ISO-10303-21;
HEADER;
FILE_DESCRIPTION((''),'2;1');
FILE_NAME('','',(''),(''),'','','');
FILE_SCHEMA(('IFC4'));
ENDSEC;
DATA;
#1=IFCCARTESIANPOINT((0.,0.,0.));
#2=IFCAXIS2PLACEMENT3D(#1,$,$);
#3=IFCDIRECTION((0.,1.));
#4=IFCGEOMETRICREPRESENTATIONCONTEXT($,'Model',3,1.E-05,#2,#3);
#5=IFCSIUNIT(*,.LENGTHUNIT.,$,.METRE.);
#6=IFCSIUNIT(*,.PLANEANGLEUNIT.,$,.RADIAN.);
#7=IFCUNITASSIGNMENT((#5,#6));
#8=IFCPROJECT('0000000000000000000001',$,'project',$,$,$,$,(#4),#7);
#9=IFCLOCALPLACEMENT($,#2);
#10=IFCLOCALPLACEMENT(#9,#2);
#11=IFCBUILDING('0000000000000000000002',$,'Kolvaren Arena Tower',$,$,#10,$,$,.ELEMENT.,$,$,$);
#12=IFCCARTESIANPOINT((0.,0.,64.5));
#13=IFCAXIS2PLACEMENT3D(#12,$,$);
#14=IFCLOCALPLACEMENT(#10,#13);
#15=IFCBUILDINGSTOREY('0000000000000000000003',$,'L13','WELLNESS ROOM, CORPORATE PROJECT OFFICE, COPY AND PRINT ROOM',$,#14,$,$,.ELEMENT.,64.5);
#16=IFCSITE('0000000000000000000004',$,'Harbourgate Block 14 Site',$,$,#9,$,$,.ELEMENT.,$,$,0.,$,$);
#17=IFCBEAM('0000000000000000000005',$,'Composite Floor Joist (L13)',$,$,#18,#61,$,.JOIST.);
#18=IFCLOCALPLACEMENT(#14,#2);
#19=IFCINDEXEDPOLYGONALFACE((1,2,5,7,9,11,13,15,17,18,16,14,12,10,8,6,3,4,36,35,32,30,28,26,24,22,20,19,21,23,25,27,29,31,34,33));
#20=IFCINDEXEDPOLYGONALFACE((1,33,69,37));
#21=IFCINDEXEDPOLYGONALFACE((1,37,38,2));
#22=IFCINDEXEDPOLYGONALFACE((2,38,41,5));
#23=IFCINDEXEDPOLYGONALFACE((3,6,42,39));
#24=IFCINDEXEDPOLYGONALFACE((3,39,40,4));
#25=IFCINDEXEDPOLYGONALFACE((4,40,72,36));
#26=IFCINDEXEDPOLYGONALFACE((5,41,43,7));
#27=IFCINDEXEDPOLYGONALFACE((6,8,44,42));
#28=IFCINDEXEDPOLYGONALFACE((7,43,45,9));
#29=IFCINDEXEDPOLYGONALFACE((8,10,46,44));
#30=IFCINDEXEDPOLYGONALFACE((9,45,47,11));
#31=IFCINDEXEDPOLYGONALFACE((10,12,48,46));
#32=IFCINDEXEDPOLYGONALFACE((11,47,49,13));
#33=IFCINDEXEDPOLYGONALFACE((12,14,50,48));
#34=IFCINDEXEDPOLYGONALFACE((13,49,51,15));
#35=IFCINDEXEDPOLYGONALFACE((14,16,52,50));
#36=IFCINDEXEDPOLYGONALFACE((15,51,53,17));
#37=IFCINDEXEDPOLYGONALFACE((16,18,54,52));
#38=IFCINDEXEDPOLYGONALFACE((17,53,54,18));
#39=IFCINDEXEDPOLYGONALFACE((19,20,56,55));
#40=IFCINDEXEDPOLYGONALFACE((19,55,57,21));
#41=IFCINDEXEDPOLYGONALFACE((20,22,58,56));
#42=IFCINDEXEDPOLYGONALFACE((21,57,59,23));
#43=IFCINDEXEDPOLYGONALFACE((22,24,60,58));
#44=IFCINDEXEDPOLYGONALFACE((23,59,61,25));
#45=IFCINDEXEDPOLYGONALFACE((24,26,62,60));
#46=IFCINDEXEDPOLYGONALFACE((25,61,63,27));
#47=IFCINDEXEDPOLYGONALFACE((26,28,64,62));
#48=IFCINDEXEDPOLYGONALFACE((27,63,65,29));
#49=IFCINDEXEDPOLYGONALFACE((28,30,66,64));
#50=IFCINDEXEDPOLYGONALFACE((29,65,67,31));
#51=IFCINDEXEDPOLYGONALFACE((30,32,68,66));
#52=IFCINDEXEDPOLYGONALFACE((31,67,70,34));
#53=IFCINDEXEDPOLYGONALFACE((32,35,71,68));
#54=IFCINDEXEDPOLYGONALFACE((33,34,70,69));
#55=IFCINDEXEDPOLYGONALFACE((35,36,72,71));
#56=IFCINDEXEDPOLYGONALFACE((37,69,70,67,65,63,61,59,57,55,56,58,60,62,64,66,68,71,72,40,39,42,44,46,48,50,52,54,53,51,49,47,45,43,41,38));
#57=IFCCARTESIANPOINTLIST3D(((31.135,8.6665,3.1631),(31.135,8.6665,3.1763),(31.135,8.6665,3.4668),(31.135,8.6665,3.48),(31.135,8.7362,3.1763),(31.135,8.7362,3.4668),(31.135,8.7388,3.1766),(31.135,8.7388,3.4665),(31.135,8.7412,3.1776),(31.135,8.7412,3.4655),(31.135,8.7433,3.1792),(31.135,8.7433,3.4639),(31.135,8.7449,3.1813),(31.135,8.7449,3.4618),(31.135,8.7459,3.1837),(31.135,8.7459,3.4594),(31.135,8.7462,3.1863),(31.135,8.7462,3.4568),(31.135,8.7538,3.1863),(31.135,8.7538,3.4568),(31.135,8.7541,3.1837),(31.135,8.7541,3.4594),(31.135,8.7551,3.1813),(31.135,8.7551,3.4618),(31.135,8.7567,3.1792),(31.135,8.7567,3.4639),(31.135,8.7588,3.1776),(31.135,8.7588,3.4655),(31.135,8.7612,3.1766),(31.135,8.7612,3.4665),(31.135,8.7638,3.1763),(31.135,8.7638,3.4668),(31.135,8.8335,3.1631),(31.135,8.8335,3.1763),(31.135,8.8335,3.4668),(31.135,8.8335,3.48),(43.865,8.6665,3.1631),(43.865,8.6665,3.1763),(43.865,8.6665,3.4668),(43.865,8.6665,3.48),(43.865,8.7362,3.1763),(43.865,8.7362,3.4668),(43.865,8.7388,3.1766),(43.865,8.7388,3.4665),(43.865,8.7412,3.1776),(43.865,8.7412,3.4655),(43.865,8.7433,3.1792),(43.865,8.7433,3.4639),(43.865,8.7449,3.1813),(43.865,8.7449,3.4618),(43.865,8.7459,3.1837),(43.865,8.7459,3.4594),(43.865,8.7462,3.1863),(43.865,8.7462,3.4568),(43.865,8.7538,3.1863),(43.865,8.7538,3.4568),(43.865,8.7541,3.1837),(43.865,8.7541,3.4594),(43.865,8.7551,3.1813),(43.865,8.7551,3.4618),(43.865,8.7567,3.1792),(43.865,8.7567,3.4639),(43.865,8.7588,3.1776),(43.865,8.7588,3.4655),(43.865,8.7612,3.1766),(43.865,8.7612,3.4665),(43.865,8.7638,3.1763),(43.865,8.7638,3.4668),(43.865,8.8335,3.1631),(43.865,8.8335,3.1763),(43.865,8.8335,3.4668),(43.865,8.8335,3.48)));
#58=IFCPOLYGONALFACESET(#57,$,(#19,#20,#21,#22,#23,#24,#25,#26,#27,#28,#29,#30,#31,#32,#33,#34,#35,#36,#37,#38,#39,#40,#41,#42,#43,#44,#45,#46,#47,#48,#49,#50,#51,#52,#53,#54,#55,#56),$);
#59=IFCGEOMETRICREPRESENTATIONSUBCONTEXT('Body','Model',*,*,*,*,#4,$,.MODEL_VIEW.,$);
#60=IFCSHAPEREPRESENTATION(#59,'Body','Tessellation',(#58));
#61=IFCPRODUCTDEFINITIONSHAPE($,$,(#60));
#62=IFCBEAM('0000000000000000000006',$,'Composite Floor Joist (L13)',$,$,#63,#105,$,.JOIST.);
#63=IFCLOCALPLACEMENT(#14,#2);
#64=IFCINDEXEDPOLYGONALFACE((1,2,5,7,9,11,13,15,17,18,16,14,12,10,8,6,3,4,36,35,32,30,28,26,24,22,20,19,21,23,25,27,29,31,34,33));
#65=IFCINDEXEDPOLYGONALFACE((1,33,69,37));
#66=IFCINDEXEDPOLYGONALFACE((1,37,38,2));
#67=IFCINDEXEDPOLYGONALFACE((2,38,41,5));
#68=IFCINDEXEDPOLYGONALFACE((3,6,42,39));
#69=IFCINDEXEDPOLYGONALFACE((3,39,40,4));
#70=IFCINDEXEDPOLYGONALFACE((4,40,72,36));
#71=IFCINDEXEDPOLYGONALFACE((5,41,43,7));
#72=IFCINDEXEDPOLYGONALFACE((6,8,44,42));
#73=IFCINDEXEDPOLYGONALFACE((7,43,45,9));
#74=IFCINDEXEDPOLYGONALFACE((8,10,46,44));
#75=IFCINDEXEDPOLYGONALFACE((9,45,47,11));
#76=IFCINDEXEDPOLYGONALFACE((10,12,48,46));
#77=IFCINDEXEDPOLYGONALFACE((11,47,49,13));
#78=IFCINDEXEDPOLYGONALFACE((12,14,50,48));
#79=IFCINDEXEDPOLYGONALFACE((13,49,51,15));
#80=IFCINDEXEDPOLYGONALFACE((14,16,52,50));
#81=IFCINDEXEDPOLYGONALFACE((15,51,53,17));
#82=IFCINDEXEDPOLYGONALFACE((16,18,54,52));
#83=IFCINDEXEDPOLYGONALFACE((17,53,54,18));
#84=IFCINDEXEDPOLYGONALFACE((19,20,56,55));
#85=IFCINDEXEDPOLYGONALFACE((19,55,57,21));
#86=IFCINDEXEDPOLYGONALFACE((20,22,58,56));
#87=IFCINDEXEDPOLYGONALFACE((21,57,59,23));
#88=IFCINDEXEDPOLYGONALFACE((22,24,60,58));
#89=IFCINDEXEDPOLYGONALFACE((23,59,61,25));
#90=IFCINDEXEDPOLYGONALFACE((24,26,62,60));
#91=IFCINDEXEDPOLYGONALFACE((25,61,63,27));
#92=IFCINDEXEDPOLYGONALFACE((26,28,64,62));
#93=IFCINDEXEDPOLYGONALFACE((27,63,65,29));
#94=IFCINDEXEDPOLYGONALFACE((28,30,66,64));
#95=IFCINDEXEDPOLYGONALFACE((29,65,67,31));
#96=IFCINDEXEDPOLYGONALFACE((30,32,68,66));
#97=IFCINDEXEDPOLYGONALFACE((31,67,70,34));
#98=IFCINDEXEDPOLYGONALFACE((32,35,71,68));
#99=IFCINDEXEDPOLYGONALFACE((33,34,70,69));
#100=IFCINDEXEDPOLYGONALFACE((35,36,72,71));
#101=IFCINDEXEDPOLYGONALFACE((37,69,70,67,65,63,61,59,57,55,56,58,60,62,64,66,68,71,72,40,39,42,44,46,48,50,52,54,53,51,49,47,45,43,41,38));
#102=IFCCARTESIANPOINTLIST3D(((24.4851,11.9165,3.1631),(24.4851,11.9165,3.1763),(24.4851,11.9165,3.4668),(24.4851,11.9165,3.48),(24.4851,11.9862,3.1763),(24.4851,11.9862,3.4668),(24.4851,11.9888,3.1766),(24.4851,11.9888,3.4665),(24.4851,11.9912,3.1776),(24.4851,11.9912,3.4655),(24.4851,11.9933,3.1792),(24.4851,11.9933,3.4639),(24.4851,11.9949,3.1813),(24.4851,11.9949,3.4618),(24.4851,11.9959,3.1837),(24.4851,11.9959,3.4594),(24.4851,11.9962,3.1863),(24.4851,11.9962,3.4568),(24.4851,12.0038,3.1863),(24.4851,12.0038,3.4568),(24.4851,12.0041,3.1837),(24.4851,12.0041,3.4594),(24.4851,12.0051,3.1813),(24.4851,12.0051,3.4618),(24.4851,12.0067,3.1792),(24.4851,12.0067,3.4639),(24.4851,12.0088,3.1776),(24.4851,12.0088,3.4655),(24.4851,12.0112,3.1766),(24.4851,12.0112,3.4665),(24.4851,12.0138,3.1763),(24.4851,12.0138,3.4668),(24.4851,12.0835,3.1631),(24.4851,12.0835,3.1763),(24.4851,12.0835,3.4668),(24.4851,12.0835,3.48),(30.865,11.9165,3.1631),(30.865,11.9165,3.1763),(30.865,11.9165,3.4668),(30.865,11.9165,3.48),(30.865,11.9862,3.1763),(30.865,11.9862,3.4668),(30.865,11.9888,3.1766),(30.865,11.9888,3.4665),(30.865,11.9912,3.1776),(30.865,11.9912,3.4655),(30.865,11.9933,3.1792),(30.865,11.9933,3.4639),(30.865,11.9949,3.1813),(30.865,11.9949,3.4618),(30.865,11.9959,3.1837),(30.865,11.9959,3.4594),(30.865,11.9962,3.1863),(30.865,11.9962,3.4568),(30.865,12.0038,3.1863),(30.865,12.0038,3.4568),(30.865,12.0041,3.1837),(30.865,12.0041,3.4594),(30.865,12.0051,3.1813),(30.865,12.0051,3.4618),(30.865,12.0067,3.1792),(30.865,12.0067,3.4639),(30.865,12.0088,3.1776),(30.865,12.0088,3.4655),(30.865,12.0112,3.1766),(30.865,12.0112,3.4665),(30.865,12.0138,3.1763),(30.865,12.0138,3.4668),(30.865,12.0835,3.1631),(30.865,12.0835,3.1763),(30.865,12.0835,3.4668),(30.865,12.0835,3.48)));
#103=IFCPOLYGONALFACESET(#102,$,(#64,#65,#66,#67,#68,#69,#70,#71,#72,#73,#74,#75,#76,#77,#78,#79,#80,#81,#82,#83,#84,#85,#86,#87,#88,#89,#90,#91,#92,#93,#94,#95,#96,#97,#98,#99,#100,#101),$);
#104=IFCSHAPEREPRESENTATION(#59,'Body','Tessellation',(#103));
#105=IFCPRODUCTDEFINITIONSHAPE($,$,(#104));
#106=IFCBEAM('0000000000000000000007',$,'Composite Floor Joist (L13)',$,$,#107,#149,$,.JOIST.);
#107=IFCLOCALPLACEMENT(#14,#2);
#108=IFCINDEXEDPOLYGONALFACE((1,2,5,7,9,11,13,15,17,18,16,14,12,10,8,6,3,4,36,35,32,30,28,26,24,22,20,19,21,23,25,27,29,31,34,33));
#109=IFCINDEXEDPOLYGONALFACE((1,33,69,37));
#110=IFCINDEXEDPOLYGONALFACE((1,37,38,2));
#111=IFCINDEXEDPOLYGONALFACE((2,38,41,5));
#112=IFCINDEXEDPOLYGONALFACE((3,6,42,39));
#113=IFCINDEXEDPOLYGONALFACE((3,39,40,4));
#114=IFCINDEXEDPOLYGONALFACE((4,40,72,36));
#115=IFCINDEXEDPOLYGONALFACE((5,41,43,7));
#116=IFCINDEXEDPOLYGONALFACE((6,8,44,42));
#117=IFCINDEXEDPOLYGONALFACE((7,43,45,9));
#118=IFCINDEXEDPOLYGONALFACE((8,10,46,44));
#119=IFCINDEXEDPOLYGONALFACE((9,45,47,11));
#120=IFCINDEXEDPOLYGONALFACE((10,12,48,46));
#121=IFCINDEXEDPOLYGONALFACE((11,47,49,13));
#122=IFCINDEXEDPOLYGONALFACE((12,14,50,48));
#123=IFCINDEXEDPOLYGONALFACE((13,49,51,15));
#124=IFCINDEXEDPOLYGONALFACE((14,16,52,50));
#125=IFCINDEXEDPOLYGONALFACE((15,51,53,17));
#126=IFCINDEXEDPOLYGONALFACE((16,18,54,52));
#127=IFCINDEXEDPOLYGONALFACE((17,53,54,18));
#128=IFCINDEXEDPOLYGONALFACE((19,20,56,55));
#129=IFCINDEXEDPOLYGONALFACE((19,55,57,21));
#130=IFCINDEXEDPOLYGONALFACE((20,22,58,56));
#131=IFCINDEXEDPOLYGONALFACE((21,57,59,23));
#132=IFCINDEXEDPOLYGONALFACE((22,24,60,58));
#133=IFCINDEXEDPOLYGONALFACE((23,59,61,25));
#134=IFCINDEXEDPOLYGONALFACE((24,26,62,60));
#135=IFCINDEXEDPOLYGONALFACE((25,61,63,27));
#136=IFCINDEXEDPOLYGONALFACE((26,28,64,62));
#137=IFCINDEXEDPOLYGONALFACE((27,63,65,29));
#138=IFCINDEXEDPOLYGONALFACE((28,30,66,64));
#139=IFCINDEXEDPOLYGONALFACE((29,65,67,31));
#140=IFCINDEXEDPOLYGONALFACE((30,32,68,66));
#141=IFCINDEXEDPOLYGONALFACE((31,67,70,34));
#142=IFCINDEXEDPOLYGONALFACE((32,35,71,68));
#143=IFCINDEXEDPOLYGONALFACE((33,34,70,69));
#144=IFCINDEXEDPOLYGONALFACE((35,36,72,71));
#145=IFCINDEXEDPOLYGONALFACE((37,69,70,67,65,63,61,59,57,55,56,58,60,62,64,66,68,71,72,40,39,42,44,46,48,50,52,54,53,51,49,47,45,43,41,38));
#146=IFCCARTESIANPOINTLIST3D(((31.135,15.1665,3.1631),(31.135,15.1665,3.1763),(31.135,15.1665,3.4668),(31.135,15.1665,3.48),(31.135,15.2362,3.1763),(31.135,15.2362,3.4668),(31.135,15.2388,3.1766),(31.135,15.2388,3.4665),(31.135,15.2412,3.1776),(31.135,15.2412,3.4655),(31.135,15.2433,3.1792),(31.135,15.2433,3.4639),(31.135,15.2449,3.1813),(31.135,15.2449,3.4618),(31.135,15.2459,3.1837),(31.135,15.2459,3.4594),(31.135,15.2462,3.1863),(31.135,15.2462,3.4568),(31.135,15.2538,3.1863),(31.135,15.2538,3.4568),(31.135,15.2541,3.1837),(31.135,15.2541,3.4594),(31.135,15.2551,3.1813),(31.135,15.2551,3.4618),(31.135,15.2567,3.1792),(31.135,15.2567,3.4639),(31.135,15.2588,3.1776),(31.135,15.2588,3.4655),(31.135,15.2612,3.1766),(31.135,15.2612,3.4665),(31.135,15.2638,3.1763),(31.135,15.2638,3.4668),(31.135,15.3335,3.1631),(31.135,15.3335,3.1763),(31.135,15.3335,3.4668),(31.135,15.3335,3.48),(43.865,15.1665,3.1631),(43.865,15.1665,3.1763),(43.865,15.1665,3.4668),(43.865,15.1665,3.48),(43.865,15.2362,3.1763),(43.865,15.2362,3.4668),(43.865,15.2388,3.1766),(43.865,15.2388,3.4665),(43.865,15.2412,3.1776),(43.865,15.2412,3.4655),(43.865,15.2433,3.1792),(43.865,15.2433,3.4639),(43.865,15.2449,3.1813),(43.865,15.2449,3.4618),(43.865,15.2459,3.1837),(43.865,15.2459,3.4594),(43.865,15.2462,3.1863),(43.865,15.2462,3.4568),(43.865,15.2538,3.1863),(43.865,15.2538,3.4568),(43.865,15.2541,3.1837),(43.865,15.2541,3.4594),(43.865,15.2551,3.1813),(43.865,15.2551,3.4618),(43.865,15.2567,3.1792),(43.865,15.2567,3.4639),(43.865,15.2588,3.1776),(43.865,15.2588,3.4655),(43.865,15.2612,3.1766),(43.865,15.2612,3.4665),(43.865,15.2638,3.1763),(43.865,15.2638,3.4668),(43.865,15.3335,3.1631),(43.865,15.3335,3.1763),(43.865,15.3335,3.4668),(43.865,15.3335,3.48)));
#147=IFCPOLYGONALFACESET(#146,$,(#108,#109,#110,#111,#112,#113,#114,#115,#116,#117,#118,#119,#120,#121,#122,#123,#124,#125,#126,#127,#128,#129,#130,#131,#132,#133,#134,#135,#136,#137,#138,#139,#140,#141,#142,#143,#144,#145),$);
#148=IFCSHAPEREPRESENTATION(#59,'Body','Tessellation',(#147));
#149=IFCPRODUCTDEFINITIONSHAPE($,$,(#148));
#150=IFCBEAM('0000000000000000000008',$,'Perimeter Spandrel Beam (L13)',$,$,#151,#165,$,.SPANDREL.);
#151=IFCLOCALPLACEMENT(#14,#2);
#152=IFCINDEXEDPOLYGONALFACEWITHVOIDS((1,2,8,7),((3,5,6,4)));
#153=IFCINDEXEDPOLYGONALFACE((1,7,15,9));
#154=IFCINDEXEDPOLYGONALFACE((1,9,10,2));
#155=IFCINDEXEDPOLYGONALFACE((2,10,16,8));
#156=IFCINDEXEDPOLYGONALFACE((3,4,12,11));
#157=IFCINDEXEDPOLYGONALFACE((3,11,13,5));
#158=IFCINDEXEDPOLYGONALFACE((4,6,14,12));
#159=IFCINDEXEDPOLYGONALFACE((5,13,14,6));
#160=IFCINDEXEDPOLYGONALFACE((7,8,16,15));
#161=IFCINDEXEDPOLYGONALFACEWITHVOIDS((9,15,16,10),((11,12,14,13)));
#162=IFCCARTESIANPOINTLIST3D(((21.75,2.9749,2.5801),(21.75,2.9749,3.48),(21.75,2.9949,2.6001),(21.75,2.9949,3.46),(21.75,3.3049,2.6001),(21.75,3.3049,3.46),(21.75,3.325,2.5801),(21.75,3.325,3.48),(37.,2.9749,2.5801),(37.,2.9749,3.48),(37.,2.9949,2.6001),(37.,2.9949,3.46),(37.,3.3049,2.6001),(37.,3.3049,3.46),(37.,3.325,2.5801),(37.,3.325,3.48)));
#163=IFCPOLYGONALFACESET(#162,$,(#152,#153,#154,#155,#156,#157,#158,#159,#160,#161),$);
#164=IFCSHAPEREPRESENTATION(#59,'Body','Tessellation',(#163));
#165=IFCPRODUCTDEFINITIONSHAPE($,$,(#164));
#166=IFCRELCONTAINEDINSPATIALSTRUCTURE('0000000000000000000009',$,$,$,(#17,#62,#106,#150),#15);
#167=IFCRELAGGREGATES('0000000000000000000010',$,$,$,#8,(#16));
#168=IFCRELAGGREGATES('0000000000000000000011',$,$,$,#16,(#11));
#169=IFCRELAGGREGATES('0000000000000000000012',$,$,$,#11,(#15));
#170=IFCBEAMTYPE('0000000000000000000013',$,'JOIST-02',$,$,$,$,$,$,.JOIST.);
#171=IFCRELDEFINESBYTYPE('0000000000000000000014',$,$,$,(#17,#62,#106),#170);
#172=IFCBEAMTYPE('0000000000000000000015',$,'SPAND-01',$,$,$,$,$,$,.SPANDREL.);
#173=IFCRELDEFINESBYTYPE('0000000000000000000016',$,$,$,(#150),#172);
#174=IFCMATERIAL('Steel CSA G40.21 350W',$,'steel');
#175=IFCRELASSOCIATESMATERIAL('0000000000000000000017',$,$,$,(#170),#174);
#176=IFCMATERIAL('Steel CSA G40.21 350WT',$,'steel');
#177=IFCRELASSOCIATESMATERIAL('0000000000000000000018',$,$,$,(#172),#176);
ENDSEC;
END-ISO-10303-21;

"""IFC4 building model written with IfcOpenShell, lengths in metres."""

from ifc_helpers import new_model, si_unit, direction, frame, origin, origin_2d, place, context, subcontext, project, spatial, hollow_rectangle, i_section, extrude, material, material_profile, profile_set, type_object, element, save


model = new_model("IFC4")

# Units and contexts
model_context = context("Model", 3, precision=1e-05, world=origin(), true_north=direction((0.0, 1.0)))
body_context = subcontext(model_context, "Body", "Model", "MODEL_VIEW")
ifc_project = project(units=[si_unit("LENGTHUNIT", "METRE"), si_unit("PLANEANGLEUNIT", "RADIAN")], contexts=[model_context])

# Site, building, storey
site_placement = place(None, origin())
site = spatial("IfcSite", under=ifc_project, at=site_placement, Name="Harbourgate Block 14 Site", CompositionType="ELEMENT", RefElevation=0.0)
building_placement = place(site_placement, origin())
building = spatial("IfcBuilding", under=site, at=building_placement, Name="Kolvaren Arena Tower", CompositionType="ELEMENT")
storey_placement = place(building_placement, frame((0.0, 0.0, 64.5)))
storey = spatial("IfcBuildingStorey", under=building, at=storey_placement, Name="L13", Description="WELLNESS ROOM, CORPORATE PROJECT OFFICE, COPY AND PRINT ROOM", CompositionType="ELEMENT", Elevation=64.5)

# Beams
ifc_material_1 = material(Name="Steel CSA G40.21 350W", Category="steel")
ifc_material_profile_1 = material_profile(ifc_material_1, i_section(OverallWidth=0.167, OverallDepth=0.3169, WebThickness=0.0076, FlangeThickness=0.0132, FilletRadius=0.01, at=origin_2d()), Name="W310x52")
ifc_profile_set_1 = profile_set([ifc_material_profile_1], Name="Steel CSA G40.21 350W")
beam_type_1 = type_object("IfcBeamType", Name="JOIST-02", PredefinedType="JOIST", material=ifc_profile_set_1)
beam_1_placement = place(storey_placement, frame((31.135, 8.75, 3.3215), z_axis=(1.0, 0.0, 0.0), x_axis=(0.0, 1.0, 0.0)))
element("IfcBeam", 1, at=beam_1_placement, inside=storey, type_object=beam_type_1, Name="Composite Floor Joist (L13)", PredefinedType="JOIST", context=body_context, shape_type="SweptSolid", body=[
    extrude(i_section(OverallWidth=0.167, OverallDepth=0.3169, WebThickness=0.0076, FlangeThickness=0.0132, FilletRadius=0.01, at=origin_2d()), origin(), (0.0, 0.0, 1.0), 12.73),
])
beam_2_placement = place(storey_placement, frame((24.4851, 12.0, 3.3215), z_axis=(1.0, 0.0, 0.0), x_axis=(0.0, 1.0, 0.0)))
element("IfcBeam", 2, at=beam_2_placement, inside=storey, type_object=beam_type_1, Name="Composite Floor Joist (L13)", PredefinedType="JOIST", context=body_context, shape_type="SweptSolid", body=[
    extrude(i_section(OverallWidth=0.167, OverallDepth=0.3169, WebThickness=0.0076, FlangeThickness=0.0132, FilletRadius=0.01, at=origin_2d()), origin(), (0.0, 0.0, 1.0), 6.3799),
])
beam_3_placement = place(storey_placement, frame((31.135, 15.25, 3.3215), z_axis=(1.0, 0.0, 0.0), x_axis=(0.0, 1.0, 0.0)))
element("IfcBeam", 3, at=beam_3_placement, inside=storey, type_object=beam_type_1, Name="Composite Floor Joist (L13)", PredefinedType="JOIST", context=body_context, shape_type="SweptSolid", body=[
    extrude(i_section(OverallWidth=0.167, OverallDepth=0.3169, WebThickness=0.0076, FlangeThickness=0.0132, FilletRadius=0.01, at=origin_2d()), origin(), (0.0, 0.0, 1.0), 12.73),
])
ifc_material_2 = material(Name="Steel CSA G40.21 350WT", Category="steel")
ifc_material_profile_2 = material_profile(ifc_material_2, hollow_rectangle(XDim=0.3501, YDim=0.8999, WallThickness=0.02, at=origin_2d()), Name="HSS 900x350x20")
ifc_profile_set_2 = profile_set([ifc_material_profile_2], Name="Steel CSA G40.21 350WT")
beam_type_2 = type_object("IfcBeamType", Name="SPAND-01", PredefinedType="SPANDREL", material=ifc_profile_set_2)
beam_4_placement = place(storey_placement, frame((21.75, 3.1499, 3.03), z_axis=(1.0, 0.0, 0.0), x_axis=(0.0, 1.0, 0.0)))
element("IfcBeam", 4, at=beam_4_placement, inside=storey, type_object=beam_type_2, Name="Perimeter Spandrel Beam (L13)", PredefinedType="SPANDREL", context=body_context, shape_type="SweptSolid", body=[
    extrude(hollow_rectangle(XDim=0.3501, YDim=0.8999, WallThickness=0.02, at=origin_2d()), origin(), (0.0, 0.0, 1.0), 15.25),
])

save(model, "model.ifc")
